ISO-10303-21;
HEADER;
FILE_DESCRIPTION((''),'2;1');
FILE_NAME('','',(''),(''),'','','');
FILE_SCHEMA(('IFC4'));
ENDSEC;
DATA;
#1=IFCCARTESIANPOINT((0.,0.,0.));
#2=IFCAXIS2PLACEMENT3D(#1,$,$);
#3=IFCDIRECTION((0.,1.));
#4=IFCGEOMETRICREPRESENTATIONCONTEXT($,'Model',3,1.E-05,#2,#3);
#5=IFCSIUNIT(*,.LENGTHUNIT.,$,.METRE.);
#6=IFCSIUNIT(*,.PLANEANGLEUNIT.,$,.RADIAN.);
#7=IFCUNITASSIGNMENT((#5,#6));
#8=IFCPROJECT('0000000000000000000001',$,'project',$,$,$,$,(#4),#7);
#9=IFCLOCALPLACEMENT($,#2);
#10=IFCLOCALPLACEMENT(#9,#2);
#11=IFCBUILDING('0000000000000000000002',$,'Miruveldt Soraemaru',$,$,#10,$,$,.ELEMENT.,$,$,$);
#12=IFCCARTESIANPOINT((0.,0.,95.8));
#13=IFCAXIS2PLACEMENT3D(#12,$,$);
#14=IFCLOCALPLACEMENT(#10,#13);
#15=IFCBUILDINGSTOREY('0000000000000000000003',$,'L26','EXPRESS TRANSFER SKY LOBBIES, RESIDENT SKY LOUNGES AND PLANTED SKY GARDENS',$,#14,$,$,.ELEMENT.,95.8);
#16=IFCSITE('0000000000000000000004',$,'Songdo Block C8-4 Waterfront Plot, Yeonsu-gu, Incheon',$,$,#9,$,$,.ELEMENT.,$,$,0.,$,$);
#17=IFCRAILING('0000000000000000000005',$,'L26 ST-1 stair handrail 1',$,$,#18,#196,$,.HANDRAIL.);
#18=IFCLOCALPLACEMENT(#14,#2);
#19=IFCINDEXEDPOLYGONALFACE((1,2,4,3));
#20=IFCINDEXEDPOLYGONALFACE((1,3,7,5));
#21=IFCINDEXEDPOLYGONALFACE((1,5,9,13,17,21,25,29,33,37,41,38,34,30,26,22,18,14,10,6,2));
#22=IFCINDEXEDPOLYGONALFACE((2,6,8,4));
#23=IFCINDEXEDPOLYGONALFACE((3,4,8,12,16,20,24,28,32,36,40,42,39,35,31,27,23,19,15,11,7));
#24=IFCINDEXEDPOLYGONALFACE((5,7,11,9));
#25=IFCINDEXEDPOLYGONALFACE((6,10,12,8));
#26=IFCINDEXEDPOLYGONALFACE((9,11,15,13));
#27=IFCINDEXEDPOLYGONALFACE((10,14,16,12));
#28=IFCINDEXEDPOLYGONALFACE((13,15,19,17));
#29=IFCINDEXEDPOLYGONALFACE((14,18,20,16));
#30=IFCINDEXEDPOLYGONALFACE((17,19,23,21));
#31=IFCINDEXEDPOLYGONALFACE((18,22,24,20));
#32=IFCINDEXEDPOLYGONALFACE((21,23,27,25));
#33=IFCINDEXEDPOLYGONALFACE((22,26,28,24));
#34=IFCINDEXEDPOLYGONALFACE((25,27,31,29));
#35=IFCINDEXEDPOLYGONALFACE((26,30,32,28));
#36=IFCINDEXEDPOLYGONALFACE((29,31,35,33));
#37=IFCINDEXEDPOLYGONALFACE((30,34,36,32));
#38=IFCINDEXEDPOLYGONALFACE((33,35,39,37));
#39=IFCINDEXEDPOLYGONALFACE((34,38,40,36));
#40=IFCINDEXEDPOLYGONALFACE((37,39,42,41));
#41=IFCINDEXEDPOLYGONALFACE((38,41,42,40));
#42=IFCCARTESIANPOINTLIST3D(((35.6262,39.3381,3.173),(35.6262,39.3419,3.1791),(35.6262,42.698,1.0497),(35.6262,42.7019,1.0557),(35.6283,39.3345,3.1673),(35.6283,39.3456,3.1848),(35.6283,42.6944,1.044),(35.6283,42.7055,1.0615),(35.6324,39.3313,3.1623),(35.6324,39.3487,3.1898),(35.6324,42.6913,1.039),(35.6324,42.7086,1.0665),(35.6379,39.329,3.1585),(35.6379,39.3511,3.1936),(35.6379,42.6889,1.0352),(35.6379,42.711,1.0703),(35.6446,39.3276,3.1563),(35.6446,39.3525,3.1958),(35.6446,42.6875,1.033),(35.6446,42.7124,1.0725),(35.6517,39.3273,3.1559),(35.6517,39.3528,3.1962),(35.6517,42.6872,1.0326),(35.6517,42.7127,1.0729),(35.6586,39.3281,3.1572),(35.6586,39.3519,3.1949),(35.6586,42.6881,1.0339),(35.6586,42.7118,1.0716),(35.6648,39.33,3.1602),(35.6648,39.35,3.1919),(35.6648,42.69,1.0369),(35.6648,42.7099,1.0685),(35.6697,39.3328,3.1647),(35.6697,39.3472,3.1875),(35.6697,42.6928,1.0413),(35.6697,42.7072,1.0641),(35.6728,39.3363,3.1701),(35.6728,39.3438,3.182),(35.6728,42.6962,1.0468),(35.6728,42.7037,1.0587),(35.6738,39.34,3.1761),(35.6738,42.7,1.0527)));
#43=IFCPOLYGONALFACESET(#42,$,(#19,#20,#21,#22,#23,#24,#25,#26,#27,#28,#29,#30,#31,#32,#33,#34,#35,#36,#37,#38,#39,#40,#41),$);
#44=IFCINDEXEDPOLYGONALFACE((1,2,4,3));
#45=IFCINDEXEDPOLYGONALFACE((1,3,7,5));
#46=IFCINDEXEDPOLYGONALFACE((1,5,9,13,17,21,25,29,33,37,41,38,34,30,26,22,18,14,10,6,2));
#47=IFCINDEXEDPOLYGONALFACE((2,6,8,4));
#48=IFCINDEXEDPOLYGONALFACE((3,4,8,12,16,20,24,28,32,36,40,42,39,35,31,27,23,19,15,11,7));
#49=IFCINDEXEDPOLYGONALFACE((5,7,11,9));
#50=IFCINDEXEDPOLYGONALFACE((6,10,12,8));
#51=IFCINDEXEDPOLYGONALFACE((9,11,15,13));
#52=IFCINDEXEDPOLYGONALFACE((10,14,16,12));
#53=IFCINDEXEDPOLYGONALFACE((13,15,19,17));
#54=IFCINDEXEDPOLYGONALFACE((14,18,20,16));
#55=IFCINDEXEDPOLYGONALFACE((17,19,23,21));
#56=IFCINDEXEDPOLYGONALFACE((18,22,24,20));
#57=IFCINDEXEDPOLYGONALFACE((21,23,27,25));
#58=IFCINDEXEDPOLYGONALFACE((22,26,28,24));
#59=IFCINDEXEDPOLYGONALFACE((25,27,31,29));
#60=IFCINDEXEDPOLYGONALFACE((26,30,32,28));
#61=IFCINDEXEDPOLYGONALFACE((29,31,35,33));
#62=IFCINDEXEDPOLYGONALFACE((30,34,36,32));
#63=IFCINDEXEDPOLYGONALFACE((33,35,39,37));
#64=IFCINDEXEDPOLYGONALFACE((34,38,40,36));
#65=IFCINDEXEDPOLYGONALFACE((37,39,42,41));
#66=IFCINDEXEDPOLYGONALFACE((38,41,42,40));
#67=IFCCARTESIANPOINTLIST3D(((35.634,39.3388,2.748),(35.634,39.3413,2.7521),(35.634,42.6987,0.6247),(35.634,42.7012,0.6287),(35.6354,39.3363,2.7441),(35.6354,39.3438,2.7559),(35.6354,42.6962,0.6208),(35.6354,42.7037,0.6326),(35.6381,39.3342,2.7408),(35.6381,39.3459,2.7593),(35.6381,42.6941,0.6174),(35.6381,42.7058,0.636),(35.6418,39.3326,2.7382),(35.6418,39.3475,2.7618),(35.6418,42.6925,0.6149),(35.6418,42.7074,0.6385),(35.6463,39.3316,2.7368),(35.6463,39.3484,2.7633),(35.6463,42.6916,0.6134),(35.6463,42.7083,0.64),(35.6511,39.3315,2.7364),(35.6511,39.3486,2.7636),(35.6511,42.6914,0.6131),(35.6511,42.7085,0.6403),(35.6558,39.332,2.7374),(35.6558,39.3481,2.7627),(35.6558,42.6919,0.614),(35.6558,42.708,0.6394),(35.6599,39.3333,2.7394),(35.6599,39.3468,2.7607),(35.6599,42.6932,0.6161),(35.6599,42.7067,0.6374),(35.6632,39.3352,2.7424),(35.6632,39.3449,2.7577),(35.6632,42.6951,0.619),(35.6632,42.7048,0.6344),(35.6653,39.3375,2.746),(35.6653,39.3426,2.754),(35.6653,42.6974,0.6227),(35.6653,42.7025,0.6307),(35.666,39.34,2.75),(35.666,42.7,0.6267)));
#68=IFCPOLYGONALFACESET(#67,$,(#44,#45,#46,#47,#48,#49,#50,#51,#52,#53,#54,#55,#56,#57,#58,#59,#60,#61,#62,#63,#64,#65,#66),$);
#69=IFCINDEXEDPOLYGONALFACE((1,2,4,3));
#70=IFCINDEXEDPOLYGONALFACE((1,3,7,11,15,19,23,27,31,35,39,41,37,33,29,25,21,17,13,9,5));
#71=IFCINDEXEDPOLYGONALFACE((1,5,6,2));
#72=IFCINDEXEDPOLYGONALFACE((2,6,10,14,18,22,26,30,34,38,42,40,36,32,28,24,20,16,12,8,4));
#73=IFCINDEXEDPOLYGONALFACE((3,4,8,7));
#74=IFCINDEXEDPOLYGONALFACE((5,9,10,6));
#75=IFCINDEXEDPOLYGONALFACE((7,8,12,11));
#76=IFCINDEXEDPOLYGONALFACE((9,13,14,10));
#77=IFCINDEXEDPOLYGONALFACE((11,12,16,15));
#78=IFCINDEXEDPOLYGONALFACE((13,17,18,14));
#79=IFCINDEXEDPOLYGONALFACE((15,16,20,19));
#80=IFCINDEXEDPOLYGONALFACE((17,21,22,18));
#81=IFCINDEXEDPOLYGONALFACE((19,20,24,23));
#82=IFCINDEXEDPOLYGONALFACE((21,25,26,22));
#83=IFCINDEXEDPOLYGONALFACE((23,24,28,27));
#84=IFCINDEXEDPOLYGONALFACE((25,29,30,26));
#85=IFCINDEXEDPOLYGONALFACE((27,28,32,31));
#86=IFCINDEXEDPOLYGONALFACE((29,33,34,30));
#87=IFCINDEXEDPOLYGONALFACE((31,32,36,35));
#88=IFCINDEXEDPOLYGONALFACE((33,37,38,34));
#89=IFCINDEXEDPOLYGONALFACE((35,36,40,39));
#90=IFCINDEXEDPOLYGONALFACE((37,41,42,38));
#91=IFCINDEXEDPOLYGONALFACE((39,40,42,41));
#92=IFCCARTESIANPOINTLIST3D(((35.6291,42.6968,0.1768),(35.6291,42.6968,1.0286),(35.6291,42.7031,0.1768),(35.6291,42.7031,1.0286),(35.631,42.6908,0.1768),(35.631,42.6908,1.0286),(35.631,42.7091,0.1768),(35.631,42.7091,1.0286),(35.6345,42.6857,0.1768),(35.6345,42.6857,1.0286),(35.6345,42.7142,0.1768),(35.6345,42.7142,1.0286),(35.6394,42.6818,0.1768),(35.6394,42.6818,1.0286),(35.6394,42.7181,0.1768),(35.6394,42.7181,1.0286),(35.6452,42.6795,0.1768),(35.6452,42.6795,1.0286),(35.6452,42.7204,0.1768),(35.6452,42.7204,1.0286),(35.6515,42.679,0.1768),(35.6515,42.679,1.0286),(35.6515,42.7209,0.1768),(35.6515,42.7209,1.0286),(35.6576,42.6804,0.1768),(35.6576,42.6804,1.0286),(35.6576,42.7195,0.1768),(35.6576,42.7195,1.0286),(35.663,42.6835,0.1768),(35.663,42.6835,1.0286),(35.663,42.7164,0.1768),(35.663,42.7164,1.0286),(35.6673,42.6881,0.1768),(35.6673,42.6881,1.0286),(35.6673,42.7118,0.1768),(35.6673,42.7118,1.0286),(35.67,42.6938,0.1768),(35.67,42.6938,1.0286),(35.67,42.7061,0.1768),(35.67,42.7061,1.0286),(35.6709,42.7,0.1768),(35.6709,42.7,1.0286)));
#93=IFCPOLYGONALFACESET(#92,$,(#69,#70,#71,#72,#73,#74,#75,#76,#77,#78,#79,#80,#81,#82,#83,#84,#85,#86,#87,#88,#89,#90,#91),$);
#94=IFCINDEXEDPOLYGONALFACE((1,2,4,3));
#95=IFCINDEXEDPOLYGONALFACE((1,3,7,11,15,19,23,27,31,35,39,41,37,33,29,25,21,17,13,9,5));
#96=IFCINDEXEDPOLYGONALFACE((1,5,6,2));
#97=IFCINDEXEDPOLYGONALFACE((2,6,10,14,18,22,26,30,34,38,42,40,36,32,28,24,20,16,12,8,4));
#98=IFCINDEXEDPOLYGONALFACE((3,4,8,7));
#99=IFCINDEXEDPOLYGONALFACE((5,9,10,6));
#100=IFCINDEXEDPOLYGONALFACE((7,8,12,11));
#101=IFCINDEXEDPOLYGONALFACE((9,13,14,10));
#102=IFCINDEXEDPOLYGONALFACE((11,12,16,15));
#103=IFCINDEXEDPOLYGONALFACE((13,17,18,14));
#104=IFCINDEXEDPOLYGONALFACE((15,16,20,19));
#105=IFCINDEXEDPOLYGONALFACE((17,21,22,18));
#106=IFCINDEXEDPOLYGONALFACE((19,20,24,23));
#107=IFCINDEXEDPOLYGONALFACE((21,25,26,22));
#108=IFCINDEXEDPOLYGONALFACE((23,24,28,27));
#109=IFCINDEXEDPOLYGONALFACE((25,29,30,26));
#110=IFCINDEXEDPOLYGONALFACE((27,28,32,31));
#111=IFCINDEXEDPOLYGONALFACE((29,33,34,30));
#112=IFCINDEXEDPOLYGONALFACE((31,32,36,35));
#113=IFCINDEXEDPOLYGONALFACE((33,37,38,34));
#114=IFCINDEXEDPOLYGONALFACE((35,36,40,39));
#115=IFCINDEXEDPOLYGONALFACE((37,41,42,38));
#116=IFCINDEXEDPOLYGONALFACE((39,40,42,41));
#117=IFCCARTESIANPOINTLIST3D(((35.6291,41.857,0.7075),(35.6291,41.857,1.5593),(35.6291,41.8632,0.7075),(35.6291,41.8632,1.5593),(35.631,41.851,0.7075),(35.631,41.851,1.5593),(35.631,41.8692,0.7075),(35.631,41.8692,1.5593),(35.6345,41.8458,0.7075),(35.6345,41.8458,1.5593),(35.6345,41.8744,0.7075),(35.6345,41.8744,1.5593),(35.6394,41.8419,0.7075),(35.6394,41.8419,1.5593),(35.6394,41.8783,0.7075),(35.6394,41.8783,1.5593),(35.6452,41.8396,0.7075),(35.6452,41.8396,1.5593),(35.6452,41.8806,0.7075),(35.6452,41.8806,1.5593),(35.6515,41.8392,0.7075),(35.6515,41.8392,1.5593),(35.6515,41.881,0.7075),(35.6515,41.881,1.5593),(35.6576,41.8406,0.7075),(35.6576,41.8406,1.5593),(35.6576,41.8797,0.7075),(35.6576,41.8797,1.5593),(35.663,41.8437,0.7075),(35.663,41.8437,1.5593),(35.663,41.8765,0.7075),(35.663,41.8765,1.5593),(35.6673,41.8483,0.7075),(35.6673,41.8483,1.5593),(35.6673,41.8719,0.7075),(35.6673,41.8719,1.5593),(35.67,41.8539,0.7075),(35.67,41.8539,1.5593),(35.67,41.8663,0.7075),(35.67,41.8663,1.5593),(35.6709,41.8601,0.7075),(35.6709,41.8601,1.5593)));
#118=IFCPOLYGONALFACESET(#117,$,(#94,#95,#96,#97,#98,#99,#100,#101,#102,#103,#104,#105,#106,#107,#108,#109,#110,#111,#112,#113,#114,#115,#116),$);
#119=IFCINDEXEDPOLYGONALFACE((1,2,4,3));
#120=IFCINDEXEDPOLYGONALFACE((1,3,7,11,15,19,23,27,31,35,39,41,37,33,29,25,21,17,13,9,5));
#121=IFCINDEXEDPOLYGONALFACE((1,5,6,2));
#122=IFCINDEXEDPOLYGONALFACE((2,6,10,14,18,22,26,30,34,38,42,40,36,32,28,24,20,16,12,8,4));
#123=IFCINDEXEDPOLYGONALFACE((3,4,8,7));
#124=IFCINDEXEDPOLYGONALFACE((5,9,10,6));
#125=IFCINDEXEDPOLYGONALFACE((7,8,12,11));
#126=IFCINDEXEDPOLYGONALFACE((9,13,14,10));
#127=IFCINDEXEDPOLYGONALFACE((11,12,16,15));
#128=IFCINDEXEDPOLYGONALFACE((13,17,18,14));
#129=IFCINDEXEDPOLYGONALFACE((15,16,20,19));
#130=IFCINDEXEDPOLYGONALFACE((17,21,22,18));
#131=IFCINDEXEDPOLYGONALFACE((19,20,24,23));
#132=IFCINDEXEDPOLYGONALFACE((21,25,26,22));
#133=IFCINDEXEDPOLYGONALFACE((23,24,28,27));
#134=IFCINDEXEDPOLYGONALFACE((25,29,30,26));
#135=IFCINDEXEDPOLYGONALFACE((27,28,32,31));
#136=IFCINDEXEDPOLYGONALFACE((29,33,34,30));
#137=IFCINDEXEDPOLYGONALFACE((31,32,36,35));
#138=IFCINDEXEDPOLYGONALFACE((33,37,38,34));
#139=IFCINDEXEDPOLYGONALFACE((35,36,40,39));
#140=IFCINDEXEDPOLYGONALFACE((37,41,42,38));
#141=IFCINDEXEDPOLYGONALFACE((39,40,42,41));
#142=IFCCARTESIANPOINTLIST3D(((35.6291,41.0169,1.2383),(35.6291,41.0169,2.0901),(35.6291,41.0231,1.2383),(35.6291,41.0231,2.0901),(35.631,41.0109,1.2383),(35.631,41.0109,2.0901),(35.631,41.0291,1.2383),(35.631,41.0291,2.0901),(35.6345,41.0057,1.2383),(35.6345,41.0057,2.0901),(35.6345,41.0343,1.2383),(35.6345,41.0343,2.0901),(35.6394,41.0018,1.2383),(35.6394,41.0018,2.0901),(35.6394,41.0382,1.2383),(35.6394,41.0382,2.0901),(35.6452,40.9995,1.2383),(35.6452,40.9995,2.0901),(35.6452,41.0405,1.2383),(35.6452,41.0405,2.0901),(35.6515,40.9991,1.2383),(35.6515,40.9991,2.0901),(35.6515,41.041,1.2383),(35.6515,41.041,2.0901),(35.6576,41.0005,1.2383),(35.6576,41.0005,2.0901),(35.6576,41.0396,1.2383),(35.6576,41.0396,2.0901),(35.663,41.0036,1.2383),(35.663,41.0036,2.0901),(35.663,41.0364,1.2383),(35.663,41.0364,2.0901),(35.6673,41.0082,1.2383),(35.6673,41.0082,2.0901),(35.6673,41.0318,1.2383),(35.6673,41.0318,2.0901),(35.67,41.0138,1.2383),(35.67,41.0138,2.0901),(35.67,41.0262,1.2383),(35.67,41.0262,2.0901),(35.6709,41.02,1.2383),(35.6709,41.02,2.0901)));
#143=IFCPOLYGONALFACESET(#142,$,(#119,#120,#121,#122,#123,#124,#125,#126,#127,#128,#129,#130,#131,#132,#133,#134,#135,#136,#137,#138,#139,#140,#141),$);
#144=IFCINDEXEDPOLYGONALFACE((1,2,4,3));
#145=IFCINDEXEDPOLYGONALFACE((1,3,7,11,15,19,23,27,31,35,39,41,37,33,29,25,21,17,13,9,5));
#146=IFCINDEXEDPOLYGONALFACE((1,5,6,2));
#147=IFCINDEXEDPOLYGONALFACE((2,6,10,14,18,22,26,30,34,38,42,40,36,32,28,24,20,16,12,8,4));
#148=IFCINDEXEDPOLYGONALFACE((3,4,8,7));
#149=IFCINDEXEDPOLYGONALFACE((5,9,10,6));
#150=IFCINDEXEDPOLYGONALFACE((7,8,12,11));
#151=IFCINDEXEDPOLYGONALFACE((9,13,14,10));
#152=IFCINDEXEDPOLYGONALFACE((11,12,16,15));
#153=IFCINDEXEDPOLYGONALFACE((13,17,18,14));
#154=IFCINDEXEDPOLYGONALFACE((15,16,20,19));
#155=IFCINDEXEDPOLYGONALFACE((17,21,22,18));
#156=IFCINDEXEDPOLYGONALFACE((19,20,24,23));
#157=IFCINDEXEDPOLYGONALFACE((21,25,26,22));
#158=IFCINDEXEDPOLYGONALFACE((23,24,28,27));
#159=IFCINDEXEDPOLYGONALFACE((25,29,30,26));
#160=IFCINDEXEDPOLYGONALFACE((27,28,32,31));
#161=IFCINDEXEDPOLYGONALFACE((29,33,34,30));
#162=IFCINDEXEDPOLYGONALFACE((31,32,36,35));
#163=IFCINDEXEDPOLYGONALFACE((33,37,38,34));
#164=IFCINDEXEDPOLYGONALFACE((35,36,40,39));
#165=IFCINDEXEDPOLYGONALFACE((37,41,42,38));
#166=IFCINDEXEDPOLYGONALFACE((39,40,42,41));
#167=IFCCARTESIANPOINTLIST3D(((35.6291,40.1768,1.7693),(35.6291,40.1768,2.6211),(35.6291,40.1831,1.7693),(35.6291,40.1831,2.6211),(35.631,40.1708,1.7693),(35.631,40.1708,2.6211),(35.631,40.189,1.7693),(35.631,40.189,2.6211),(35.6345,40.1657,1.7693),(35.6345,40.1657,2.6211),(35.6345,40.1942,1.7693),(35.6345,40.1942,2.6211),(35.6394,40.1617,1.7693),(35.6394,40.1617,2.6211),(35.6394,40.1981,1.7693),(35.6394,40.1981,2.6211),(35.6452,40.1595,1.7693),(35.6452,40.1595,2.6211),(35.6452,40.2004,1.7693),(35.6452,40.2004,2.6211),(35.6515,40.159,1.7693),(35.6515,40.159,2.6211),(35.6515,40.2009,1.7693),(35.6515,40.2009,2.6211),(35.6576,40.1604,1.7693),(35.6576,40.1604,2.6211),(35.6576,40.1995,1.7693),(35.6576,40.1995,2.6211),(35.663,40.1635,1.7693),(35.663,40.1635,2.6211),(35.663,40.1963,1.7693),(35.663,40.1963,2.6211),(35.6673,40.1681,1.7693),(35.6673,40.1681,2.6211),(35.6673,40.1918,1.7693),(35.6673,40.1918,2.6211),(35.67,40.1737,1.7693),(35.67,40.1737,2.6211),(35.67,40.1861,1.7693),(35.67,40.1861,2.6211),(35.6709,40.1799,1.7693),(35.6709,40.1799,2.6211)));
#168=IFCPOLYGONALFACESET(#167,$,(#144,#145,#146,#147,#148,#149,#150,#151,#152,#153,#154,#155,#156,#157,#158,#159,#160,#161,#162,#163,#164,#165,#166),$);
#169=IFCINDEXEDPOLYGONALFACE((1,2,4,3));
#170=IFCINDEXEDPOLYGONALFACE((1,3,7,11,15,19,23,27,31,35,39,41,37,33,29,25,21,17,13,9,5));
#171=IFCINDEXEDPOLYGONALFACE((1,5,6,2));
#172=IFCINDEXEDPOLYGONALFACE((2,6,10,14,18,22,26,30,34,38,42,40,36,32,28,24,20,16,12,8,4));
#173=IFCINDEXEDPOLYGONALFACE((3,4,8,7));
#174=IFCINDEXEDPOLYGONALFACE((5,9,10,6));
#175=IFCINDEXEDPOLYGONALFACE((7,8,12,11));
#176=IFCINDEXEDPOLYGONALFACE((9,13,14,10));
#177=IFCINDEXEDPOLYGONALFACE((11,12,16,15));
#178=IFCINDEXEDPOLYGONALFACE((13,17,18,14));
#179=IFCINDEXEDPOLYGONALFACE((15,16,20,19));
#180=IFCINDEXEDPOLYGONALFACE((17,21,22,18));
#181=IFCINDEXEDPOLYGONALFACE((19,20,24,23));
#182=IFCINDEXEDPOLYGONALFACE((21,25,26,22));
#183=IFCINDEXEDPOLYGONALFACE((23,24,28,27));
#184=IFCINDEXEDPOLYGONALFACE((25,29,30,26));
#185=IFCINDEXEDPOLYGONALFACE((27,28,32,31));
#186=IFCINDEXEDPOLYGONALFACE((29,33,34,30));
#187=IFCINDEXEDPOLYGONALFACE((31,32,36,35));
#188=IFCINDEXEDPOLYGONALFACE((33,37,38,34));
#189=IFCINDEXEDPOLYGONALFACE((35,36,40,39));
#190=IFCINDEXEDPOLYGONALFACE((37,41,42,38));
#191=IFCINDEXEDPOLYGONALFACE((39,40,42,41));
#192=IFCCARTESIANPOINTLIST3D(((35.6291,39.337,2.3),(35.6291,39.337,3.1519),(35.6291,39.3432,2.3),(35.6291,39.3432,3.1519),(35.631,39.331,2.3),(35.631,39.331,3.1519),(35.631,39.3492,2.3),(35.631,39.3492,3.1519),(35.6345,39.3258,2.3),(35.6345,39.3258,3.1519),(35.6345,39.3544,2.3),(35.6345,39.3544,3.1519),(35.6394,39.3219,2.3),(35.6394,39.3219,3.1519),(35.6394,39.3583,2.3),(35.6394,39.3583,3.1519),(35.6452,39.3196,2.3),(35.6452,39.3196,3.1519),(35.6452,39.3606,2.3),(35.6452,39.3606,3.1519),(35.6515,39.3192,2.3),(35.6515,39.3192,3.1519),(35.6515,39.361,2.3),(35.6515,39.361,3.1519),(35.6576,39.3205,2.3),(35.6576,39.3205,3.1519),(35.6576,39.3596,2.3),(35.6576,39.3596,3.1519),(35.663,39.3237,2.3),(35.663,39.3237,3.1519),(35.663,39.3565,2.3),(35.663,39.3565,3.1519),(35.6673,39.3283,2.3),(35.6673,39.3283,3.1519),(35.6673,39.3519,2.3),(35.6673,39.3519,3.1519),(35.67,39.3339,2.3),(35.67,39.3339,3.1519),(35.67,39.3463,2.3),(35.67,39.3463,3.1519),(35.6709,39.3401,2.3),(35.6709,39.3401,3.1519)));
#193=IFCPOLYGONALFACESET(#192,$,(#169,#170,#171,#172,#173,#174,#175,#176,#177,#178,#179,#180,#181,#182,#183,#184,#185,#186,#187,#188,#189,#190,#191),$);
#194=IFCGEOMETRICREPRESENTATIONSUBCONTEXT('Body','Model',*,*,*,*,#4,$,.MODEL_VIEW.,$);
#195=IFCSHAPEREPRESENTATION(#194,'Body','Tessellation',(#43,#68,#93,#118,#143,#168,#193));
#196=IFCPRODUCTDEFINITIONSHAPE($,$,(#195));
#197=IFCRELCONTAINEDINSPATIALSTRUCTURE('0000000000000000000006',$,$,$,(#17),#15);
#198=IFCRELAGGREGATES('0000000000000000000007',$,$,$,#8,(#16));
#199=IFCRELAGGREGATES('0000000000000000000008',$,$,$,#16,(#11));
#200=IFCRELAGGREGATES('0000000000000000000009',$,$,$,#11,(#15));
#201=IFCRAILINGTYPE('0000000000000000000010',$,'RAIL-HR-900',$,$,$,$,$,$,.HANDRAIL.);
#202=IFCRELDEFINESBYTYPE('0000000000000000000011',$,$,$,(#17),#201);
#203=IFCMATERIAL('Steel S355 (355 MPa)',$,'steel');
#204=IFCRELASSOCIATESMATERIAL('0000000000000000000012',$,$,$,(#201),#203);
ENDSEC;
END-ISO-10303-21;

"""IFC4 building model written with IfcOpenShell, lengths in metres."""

from ifc_helpers import new_model, si_unit, direction, frame, origin, origin_2d, place, context, subcontext, project, spatial, circle, extrude, material, type_object, element, save


model = new_model("IFC4")

# Units and contexts
model_context = context("Model", 3, precision=1e-05, world=origin(), true_north=direction((0.0, 1.0)))
body_context = subcontext(model_context, "Body", "Model", "MODEL_VIEW")
ifc_project = project(units=[si_unit("LENGTHUNIT", "METRE"), si_unit("PLANEANGLEUNIT", "RADIAN")], contexts=[model_context])

# Site, building, storey
site_placement = place(None, origin())
site = spatial("IfcSite", under=ifc_project, at=site_placement, Name="Songdo Block C8-4 Waterfront Plot, Yeonsu-gu, Incheon", CompositionType="ELEMENT", RefElevation=0.0)
building_placement = place(site_placement, origin())
building = spatial("IfcBuilding", under=site, at=building_placement, Name="Miruveldt Soraemaru", CompositionType="ELEMENT")
storey_placement = place(building_placement, frame((0.0, 0.0, 95.8)))
storey = spatial("IfcBuildingStorey", under=building, at=storey_placement, Name="L26", Description="EXPRESS TRANSFER SKY LOBBIES, RESIDENT SKY LOUNGES AND PLANTED SKY GARDENS", CompositionType="ELEMENT", Elevation=95.8)

# Railing
ifc_material_1 = material(Name="Steel S355 (355 MPa)", Category="steel")
railing_type_1 = type_object("IfcRailingType", Name="RAIL-HR-900", PredefinedType="HANDRAIL", material=ifc_material_1)
railing_1_placement = place(storey_placement, frame((35.6499, 42.7, 0.1768)))
element("IfcRailing", 1, at=railing_1_placement, inside=storey, type_object=railing_type_1, Name="L26 ST-1 stair handrail 1", PredefinedType="HANDRAIL", context=body_context, shape_type="SweptSolid", body=[
    extrude(circle(Radius=0.0239, at=origin_2d()), frame((0.0, 0.0, 0.876), z_axis=(0.0, -0.845344, 0.534222), x_axis=(1.0, 0.0, 0.0)), (0.0, 0.0, 1.0), 3.9746),
    extrude(circle(Radius=0.0161, at=origin_2d()), frame((0.0, 0.0, 0.45), z_axis=(0.0, -0.845344, 0.534222), x_axis=(1.0, 0.0, 0.0)), (0.0, 0.0, 1.0), 3.9746),
    extrude(circle(Radius=0.021, at=origin_2d()), origin(), (0.0, 0.0, 1.0), 0.8518),
    extrude(circle(Radius=0.021, at=origin_2d()), frame((0.0, -0.8398, 0.5308)), (0.0, 0.0, 1.0), 0.8518),
    extrude(circle(Radius=0.021, at=origin_2d()), frame((0.0, -1.6799, 1.0615)), (0.0, 0.0, 1.0), 0.8518),
    extrude(circle(Radius=0.021, at=origin_2d()), frame((0.0, -2.52, 1.5925)), (0.0, 0.0, 1.0), 0.8518),
    extrude(circle(Radius=0.021, at=origin_2d()), frame((0.0, -3.3599, 2.1233)), (0.0, 0.0, 1.0), 0.8518),
])

save(model, "model.ifc")
